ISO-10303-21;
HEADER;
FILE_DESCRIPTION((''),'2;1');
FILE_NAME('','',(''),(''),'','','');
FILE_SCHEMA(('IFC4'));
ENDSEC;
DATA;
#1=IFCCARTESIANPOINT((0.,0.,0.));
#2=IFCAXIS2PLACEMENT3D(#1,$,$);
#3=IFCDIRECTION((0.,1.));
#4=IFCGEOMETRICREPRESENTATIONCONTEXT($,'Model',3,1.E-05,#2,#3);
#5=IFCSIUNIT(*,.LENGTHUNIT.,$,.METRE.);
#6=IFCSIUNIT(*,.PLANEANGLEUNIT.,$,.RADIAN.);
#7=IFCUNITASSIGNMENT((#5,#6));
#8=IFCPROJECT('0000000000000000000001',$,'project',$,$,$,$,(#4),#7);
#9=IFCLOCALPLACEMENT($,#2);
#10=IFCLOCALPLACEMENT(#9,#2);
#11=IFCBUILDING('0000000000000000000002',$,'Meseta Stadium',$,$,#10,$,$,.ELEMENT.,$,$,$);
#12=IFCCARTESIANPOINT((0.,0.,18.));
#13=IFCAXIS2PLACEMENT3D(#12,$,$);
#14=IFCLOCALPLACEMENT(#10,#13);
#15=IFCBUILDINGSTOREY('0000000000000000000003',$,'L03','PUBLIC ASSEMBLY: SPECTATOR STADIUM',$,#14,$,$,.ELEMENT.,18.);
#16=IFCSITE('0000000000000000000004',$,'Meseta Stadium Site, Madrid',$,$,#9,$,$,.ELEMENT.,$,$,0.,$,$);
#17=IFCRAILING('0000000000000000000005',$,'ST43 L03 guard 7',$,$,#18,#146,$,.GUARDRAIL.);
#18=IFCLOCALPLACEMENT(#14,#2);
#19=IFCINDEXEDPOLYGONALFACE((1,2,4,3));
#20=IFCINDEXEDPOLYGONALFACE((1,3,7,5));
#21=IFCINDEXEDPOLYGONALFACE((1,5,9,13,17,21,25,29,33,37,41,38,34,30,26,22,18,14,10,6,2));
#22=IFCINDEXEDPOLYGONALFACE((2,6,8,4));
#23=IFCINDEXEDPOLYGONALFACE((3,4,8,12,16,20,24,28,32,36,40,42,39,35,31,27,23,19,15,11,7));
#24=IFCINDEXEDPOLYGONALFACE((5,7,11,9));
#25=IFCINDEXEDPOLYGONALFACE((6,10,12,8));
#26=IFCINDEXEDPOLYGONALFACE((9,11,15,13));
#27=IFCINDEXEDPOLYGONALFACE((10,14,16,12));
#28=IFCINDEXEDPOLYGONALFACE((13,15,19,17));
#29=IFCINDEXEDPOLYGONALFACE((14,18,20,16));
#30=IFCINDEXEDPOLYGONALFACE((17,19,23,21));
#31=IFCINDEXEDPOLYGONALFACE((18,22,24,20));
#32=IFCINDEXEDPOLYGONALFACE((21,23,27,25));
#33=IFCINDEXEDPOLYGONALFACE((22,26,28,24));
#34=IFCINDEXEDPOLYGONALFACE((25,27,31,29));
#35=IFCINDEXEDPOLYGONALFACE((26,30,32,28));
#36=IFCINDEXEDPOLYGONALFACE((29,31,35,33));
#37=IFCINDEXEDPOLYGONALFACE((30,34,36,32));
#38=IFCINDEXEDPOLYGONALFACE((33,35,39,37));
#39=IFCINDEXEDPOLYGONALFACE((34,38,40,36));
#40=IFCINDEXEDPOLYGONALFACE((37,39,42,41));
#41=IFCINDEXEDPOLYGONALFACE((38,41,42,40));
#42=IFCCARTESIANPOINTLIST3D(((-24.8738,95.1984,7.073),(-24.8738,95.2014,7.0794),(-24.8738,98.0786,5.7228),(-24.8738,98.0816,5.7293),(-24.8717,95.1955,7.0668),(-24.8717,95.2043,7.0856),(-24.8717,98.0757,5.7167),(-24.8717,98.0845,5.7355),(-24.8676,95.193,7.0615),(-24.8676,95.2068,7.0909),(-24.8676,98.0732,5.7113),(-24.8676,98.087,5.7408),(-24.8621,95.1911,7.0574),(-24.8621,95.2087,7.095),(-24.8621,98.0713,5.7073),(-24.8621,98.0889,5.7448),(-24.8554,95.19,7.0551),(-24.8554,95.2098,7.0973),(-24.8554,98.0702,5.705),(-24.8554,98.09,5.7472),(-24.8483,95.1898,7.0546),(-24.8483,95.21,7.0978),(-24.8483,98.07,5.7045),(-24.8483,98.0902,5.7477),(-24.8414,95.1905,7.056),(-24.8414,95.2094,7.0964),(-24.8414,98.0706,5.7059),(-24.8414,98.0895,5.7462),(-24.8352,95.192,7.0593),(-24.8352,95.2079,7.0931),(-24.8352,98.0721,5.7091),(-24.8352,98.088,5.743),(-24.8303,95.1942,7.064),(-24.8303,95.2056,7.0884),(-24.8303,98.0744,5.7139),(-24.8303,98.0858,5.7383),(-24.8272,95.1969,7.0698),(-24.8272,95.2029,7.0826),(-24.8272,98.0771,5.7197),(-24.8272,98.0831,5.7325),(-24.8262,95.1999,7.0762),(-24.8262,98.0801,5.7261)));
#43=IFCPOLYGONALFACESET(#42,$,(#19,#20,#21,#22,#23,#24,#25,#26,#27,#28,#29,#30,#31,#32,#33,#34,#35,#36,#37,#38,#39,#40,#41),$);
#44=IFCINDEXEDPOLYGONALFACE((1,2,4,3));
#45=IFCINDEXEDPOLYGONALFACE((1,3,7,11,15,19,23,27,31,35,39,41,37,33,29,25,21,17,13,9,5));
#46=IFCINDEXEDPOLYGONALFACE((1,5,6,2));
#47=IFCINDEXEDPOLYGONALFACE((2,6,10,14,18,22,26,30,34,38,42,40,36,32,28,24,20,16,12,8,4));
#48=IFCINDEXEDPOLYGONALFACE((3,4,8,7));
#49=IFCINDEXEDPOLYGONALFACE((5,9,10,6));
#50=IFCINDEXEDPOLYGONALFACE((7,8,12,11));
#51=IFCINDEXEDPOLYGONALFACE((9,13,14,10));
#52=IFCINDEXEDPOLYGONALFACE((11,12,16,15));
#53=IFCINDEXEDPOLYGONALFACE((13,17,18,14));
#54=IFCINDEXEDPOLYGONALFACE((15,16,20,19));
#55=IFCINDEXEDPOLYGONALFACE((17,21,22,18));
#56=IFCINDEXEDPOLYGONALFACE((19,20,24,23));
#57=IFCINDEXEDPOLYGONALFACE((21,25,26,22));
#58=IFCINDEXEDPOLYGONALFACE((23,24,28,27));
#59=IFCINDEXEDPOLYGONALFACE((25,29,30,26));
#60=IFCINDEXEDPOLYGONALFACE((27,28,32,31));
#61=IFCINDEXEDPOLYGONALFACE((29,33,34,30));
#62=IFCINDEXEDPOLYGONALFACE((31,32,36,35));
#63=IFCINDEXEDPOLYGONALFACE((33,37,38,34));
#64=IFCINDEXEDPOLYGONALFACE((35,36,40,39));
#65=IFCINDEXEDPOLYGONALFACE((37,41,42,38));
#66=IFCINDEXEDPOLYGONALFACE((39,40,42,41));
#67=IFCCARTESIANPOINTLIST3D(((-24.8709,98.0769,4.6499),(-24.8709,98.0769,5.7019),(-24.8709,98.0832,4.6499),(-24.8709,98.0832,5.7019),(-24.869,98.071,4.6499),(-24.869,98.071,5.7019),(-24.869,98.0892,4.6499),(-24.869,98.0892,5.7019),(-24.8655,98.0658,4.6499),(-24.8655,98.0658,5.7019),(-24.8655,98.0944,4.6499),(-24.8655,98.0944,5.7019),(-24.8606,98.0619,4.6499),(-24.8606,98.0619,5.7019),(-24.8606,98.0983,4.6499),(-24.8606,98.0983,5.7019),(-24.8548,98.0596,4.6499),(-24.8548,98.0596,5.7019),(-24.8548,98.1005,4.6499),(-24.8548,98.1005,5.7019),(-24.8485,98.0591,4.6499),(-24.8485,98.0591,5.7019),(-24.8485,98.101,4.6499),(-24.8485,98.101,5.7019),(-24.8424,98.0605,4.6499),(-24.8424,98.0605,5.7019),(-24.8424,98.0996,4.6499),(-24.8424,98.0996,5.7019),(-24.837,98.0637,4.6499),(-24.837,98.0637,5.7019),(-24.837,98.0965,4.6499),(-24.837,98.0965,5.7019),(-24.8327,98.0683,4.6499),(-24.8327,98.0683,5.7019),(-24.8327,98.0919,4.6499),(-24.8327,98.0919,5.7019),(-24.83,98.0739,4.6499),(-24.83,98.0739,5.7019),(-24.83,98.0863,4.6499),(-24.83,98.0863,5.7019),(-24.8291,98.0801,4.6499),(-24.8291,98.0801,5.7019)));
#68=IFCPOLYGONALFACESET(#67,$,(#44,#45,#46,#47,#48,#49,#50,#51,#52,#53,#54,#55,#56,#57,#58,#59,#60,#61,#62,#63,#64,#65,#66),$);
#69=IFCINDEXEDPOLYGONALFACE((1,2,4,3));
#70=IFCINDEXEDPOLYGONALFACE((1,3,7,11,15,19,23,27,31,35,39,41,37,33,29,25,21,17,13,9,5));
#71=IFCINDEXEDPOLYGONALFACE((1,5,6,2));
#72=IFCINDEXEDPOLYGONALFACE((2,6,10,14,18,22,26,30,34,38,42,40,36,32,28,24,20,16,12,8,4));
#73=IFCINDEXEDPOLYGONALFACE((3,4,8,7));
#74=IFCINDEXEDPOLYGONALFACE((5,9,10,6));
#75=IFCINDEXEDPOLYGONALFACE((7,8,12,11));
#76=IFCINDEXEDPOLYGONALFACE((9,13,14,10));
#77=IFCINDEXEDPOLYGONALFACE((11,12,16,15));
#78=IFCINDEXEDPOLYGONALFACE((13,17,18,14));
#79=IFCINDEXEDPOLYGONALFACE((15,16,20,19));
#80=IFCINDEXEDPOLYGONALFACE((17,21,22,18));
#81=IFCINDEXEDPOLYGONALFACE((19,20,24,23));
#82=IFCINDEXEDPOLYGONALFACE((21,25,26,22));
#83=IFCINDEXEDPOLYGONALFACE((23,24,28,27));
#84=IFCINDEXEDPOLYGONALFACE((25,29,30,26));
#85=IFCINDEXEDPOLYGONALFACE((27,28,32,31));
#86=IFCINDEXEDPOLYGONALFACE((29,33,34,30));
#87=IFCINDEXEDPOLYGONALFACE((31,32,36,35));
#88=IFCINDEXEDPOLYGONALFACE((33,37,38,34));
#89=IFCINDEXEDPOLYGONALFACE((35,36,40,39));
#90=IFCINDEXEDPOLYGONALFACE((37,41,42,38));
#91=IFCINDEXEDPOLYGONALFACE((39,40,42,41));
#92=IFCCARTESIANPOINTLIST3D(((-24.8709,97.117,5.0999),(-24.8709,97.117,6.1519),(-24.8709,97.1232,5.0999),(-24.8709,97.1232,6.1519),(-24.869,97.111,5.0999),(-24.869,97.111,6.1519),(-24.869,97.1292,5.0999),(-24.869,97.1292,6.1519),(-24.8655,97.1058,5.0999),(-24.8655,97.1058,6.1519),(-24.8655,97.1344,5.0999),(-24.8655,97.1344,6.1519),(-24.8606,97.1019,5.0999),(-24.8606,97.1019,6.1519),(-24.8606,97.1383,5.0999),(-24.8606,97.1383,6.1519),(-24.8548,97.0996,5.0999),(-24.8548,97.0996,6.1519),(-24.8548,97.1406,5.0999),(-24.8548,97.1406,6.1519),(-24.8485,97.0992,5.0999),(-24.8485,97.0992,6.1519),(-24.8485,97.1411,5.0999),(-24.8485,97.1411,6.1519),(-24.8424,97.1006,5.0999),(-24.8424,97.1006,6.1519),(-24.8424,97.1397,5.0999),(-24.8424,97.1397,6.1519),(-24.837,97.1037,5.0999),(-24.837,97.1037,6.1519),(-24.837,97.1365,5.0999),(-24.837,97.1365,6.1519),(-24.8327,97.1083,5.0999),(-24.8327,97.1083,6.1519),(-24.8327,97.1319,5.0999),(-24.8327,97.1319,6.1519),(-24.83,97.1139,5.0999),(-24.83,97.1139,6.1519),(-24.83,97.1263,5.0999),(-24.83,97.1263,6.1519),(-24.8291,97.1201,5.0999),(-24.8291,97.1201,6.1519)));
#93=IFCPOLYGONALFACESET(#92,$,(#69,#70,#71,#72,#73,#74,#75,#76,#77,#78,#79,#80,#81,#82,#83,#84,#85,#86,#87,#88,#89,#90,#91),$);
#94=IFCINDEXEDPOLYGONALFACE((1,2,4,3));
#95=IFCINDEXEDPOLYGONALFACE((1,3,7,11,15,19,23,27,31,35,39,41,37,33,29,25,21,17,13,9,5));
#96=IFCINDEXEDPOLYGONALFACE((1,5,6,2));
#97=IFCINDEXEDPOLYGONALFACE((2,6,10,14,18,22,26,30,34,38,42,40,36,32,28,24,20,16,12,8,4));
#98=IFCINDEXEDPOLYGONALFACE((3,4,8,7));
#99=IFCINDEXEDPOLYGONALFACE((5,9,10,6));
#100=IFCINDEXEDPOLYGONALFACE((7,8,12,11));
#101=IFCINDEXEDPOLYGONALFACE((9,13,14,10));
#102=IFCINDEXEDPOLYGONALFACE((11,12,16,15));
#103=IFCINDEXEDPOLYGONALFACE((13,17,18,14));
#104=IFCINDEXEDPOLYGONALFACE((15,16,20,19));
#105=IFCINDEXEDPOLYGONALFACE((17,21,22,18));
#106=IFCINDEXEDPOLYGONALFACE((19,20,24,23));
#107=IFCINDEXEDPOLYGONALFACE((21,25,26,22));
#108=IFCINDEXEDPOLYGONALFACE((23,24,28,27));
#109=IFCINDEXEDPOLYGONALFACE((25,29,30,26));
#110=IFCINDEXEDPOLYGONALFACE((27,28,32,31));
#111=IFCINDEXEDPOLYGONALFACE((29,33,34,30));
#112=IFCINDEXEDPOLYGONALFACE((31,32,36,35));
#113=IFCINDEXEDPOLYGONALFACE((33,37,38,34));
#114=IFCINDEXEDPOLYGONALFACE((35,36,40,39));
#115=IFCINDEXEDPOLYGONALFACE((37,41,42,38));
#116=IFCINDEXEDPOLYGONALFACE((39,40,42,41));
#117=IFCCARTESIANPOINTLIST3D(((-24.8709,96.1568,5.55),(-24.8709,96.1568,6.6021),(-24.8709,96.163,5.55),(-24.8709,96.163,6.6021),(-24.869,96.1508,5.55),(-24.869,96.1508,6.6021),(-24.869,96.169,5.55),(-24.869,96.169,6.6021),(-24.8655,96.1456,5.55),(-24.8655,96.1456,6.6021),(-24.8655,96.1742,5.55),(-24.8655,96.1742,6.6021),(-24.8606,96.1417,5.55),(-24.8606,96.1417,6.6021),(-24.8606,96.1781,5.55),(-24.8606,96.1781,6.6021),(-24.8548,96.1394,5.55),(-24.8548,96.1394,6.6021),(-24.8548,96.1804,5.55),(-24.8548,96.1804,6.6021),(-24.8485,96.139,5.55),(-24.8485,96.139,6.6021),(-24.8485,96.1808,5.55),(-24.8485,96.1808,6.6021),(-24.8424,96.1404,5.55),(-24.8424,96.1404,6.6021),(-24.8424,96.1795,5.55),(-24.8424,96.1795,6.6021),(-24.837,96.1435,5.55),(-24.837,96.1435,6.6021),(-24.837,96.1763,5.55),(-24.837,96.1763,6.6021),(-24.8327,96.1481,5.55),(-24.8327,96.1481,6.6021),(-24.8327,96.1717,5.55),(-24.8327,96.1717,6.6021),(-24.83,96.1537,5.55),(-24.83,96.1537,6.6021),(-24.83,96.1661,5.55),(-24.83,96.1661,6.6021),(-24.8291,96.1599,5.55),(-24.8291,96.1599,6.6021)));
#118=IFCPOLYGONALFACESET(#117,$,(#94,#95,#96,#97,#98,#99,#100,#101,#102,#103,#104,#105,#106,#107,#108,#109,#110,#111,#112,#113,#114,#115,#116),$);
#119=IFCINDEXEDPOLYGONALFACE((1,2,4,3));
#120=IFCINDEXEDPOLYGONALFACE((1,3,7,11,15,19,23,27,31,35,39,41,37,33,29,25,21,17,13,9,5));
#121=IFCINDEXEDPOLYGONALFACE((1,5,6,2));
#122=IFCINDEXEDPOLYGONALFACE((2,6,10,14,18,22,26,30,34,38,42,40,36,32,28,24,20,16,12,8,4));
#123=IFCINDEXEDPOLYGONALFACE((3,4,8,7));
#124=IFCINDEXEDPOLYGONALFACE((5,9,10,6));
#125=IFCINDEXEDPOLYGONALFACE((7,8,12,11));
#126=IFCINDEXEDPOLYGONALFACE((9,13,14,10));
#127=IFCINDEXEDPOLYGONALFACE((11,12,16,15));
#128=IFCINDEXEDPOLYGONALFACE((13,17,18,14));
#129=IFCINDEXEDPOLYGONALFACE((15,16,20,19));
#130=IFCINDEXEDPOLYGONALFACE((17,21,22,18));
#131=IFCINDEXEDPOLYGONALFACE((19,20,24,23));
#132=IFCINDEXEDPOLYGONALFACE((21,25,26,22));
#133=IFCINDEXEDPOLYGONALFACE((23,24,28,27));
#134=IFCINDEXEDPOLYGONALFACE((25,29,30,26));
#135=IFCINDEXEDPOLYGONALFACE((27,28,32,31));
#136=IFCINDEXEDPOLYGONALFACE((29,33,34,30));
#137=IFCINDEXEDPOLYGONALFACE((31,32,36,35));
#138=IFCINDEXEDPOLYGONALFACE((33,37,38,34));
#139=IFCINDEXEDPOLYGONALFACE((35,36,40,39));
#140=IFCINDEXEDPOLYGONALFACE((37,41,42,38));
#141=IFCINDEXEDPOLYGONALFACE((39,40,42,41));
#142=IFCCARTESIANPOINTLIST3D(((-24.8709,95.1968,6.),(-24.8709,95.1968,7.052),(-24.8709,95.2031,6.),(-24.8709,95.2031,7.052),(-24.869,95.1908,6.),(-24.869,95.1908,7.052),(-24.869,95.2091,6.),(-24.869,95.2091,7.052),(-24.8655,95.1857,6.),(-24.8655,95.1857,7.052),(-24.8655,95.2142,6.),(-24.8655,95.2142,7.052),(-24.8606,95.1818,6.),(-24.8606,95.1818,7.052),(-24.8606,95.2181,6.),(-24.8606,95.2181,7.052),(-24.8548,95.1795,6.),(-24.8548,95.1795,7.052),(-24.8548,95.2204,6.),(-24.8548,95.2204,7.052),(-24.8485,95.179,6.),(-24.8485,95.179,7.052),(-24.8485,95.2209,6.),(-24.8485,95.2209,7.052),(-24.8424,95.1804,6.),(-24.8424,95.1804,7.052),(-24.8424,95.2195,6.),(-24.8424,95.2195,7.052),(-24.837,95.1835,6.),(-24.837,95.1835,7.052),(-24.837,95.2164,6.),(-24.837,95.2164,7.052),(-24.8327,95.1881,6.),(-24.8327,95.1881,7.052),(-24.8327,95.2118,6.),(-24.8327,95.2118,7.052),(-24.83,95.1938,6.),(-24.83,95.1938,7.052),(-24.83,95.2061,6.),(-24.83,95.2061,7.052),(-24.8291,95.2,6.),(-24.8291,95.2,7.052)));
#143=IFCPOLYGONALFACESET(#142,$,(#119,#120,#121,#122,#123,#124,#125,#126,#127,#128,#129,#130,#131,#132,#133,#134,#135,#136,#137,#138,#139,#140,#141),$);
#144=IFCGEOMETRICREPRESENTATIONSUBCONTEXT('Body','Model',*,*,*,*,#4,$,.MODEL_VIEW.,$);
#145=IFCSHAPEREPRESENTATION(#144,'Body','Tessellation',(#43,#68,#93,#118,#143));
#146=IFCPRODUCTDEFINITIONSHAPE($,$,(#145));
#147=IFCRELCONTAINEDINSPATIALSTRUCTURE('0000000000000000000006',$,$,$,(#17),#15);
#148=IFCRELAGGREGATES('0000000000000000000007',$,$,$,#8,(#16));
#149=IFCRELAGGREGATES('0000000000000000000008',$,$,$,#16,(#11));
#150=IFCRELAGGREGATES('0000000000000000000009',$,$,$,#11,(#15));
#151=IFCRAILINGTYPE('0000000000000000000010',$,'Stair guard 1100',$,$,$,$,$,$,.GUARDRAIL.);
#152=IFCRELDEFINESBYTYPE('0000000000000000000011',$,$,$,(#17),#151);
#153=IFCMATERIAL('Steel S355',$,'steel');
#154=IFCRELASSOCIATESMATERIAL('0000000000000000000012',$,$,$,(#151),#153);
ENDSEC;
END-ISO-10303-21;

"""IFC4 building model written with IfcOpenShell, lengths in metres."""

from ifc_helpers import new_model, si_unit, direction, frame, origin, origin_2d, place, context, subcontext, project, spatial, circle, extrude, material, type_object, element, save


model = new_model("IFC4")

# Units and contexts
model_context = context("Model", 3, precision=1e-05, world=origin(), true_north=direction((0.0, 1.0)))
body_context = subcontext(model_context, "Body", "Model", "MODEL_VIEW")
ifc_project = project(units=[si_unit("LENGTHUNIT", "METRE"), si_unit("PLANEANGLEUNIT", "RADIAN")], contexts=[model_context])

# Site, building, storey
site_placement = place(None, origin())
site = spatial("IfcSite", under=ifc_project, at=site_placement, Name="Meseta Stadium Site, Madrid", CompositionType="ELEMENT", RefElevation=0.0)
building_placement = place(site_placement, origin())
building = spatial("IfcBuilding", under=site, at=building_placement, Name="Meseta Stadium", CompositionType="ELEMENT")
storey_placement = place(building_placement, frame((0.0, 0.0, 18.0)))
storey = spatial("IfcBuildingStorey", under=building, at=storey_placement, Name="L03", Description="PUBLIC ASSEMBLY: SPECTATOR STADIUM", CompositionType="ELEMENT", Elevation=18.0)

# Railing
ifc_material_1 = material(Name="Steel S355", Category="steel")
railing_type_1 = type_object("IfcRailingType", Name="Stair guard 1100", PredefinedType="GUARDRAIL", material=ifc_material_1)
railing_1_placement = place(storey_placement, frame((-24.8501, 98.0801, 4.6499)))
element("IfcRailing", 1, at=railing_1_placement, inside=storey, type_object=railing_type_1, Name="ST43 L03 guard 7", PredefinedType="GUARDRAIL", context=body_context, shape_type="SweptSolid", body=[
    extrude(circle(Radius=0.0239, at=origin_2d()), frame((0.0, 0.0, 1.0762), z_axis=(0.0, -0.905454, 0.424444), x_axis=(1.0, 0.0, 0.0)), (0.0, 0.0, 1.0), 3.1809),
    extrude(circle(Radius=0.021, at=origin_2d()), origin(), (0.0, 0.0, 1.0), 1.052),
    extrude(circle(Radius=0.021, at=origin_2d()), frame((0.0, -0.96, 0.45)), (0.0, 0.0, 1.0), 1.052),
    extrude(circle(Radius=0.021, at=origin_2d()), frame((0.0, -1.9202, 0.9001)), (0.0, 0.0, 1.0), 1.052),
    extrude(circle(Radius=0.021, at=origin_2d()), frame((0.0, -2.8801, 1.3501)), (0.0, 0.0, 1.0), 1.052),
])

save(model, "model.ifc")
